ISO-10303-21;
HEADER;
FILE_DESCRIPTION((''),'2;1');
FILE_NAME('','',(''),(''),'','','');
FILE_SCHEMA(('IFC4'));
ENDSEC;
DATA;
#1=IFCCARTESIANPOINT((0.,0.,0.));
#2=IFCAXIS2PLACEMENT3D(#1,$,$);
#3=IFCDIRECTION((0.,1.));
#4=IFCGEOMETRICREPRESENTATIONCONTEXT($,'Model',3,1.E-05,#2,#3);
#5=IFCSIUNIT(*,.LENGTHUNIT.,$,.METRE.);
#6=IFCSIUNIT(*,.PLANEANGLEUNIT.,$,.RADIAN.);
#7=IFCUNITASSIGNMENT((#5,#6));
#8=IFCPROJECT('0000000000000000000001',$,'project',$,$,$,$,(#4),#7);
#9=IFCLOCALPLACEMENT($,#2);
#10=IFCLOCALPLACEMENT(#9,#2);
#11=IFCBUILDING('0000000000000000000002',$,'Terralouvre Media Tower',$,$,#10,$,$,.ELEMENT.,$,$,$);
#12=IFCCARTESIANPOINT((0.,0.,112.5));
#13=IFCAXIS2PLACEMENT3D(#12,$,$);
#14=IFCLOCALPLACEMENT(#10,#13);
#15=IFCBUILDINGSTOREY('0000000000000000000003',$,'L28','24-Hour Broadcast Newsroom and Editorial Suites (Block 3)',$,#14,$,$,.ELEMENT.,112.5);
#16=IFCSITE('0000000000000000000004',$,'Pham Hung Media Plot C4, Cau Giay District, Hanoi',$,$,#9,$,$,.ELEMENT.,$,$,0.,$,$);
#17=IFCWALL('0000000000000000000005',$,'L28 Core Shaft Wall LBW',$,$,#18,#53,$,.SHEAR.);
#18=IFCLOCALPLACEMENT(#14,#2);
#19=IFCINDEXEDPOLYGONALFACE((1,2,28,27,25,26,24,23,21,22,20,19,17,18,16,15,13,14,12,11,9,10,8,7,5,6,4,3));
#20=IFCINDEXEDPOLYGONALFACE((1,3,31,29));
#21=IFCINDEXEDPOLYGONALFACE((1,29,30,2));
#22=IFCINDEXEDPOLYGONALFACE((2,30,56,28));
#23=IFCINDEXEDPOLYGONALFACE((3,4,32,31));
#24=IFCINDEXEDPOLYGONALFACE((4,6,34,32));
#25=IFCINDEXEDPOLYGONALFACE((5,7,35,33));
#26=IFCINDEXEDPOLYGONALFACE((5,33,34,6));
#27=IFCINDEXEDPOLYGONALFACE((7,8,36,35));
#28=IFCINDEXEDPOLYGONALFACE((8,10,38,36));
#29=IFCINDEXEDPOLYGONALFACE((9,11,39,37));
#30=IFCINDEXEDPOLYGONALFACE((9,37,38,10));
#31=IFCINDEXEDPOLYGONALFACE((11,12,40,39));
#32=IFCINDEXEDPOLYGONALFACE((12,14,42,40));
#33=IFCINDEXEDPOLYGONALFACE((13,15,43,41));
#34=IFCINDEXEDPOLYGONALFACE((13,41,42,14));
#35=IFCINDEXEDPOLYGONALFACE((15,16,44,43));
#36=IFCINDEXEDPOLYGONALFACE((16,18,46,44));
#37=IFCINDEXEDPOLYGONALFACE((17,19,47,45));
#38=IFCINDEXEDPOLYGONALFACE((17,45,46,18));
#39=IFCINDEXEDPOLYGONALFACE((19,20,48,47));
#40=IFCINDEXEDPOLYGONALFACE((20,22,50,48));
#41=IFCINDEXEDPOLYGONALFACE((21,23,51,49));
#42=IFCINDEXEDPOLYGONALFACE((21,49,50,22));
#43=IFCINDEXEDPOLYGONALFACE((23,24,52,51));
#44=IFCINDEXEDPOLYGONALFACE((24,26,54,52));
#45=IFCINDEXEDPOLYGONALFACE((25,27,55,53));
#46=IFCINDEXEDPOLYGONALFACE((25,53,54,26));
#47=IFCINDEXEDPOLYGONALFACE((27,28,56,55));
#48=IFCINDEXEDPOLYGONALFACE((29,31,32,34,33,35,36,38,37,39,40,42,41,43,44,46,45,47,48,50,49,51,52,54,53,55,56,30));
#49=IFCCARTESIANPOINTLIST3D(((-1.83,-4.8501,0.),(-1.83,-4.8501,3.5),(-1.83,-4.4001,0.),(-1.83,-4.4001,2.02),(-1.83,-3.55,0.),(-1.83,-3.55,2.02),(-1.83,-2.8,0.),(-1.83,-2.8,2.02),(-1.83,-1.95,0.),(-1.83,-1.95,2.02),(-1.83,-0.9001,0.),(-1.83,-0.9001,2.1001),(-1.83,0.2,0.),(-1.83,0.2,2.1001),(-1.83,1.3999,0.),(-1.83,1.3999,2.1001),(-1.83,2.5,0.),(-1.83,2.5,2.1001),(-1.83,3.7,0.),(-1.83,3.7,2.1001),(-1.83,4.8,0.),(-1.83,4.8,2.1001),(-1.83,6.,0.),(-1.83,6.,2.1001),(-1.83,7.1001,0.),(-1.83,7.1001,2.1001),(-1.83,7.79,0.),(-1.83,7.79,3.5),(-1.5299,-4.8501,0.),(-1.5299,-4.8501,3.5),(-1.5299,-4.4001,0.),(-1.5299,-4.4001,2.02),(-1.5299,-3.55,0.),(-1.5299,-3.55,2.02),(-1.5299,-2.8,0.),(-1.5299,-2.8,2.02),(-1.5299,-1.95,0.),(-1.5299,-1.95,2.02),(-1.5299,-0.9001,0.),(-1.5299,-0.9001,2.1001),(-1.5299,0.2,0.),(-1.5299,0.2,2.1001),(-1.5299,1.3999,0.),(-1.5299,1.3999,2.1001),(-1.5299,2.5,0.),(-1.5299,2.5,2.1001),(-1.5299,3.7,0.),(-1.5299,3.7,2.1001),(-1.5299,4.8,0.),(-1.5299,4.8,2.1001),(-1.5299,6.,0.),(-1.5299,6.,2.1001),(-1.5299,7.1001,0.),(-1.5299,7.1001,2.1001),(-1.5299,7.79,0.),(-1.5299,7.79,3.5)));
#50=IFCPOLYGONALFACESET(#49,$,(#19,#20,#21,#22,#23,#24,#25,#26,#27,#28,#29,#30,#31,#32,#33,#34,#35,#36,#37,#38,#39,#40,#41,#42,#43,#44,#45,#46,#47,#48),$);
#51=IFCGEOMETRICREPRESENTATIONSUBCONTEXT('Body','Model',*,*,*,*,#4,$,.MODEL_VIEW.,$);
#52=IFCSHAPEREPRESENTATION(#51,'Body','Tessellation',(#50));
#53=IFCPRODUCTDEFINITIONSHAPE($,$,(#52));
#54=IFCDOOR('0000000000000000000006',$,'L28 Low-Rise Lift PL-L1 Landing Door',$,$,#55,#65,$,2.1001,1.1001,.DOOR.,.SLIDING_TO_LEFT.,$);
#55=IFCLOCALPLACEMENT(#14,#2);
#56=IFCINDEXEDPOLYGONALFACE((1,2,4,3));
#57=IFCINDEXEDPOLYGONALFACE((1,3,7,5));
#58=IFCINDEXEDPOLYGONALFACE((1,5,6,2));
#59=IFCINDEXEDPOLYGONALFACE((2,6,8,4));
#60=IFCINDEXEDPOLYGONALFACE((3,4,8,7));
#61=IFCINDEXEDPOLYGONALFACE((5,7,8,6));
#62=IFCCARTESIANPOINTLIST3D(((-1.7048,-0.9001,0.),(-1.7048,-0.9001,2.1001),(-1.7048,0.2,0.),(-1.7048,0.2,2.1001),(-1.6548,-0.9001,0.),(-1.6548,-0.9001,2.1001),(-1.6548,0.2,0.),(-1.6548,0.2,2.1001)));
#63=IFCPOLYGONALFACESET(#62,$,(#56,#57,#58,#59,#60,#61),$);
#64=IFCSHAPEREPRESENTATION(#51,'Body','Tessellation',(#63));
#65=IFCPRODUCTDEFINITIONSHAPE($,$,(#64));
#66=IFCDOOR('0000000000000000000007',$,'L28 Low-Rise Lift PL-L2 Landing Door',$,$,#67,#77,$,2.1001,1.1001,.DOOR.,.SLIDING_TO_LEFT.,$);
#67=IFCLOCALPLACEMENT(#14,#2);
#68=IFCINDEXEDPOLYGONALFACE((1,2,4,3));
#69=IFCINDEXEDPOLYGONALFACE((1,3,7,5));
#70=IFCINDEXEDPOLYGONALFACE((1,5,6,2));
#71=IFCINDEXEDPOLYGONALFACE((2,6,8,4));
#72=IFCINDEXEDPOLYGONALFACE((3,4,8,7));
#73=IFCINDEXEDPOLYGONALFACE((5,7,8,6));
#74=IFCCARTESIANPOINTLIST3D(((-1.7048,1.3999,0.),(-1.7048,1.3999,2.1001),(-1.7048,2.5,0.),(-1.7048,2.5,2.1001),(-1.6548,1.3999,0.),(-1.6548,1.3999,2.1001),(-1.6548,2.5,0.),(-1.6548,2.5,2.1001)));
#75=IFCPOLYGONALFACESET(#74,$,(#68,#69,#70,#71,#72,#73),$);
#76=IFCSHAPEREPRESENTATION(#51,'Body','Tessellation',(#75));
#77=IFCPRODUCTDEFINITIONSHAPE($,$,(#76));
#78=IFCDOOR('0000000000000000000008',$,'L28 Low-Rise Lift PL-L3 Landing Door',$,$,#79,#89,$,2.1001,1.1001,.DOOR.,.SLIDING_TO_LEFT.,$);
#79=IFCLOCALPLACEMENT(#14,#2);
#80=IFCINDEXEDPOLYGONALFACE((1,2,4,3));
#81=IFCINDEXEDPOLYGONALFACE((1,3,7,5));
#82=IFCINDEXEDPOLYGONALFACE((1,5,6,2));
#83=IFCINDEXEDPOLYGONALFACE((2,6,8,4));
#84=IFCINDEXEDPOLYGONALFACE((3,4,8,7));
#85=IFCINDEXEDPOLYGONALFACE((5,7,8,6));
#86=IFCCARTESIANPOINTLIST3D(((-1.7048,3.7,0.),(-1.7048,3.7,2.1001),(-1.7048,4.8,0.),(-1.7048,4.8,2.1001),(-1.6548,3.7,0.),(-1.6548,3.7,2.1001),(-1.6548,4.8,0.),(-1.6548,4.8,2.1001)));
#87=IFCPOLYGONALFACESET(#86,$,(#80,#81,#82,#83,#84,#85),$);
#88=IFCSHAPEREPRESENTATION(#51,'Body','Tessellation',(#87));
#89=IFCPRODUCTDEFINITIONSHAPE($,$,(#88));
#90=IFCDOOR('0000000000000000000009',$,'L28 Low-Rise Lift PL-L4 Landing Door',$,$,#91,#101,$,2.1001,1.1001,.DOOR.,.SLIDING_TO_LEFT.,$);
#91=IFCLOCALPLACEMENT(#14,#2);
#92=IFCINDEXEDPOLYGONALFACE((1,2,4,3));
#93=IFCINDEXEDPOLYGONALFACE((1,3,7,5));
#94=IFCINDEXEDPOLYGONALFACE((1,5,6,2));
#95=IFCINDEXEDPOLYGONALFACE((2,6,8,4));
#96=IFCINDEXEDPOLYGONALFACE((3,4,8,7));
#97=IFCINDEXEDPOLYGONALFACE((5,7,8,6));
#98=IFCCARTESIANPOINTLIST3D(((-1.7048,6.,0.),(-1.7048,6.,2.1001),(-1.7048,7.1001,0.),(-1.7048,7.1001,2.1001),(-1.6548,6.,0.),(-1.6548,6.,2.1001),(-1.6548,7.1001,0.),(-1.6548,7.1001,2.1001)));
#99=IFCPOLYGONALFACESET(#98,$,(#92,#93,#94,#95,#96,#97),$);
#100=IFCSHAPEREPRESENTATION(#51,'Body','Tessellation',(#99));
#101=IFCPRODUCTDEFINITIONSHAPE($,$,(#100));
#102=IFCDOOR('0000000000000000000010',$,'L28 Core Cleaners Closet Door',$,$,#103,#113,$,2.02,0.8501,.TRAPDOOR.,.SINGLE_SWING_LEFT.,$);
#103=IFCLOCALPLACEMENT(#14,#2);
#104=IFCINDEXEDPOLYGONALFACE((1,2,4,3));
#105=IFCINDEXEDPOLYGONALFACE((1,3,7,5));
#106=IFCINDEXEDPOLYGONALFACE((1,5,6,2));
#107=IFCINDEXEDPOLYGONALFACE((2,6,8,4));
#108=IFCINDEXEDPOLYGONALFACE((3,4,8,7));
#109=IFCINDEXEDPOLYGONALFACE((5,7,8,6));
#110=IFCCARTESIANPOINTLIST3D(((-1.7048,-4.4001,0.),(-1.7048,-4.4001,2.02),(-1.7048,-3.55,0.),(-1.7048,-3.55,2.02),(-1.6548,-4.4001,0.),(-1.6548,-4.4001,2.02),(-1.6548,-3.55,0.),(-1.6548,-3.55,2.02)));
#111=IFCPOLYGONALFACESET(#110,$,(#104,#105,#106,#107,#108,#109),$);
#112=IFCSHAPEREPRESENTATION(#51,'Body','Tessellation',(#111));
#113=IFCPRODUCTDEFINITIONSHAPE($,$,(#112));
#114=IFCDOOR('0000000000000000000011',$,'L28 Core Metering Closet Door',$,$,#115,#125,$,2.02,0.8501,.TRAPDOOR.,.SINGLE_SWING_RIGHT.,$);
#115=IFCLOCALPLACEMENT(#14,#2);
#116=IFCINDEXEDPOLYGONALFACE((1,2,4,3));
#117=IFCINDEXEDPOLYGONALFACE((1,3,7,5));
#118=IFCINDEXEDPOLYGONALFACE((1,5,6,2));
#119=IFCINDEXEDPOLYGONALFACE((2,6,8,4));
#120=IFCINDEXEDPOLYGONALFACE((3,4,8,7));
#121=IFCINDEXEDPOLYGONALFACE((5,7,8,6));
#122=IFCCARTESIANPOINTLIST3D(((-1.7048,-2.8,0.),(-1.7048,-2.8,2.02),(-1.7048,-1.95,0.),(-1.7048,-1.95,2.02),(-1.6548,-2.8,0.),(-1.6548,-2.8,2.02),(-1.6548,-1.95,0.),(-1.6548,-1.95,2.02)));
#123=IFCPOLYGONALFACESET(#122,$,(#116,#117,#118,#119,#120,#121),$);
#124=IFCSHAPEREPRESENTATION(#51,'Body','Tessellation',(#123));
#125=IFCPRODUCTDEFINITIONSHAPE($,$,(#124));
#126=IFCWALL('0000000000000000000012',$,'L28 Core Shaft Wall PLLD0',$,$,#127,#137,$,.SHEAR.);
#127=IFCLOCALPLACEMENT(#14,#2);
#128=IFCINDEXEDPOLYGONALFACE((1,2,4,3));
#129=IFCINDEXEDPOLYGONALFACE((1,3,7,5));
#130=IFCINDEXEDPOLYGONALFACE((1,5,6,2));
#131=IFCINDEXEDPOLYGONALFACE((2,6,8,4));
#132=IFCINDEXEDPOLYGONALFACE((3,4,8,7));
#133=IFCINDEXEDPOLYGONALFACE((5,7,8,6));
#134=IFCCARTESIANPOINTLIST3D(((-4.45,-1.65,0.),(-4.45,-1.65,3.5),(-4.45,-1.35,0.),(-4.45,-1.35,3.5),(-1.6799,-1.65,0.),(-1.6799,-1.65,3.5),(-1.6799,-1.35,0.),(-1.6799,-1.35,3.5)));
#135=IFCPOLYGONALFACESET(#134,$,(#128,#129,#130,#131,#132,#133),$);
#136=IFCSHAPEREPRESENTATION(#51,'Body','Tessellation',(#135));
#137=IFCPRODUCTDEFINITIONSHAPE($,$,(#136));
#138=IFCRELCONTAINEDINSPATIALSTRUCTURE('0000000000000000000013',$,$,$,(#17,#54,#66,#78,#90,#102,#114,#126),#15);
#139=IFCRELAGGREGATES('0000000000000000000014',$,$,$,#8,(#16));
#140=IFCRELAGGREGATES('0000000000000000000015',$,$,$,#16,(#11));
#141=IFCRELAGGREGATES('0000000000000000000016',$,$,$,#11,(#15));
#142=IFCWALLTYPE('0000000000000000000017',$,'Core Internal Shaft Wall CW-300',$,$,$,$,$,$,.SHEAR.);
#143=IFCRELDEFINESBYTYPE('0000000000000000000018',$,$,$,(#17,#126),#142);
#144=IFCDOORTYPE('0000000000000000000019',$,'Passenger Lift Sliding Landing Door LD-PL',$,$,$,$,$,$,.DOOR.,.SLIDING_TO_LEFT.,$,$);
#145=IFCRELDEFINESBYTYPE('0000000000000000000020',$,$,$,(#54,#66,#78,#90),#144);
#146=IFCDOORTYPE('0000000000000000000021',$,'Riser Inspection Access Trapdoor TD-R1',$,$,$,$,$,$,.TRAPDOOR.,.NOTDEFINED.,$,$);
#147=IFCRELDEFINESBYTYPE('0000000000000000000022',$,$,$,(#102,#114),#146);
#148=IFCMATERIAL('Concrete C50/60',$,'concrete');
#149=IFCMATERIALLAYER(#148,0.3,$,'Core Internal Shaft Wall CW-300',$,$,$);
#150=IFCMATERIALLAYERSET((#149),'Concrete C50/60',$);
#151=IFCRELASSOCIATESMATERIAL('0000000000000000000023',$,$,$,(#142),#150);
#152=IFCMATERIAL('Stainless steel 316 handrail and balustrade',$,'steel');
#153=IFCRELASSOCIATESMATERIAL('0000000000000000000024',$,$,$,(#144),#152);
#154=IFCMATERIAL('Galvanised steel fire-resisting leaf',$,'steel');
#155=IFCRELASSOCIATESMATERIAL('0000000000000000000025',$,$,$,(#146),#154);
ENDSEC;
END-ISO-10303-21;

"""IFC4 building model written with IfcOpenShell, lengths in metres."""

from ifc_helpers import new_model, si_unit, direction, frame, frame_2d, origin, place, context, subcontext, project, spatial, rectangle, extrude, material, layer, layer_set, type_object, element, fill, save


model = new_model("IFC4")

# Units and contexts
model_context = context("Model", 3, precision=1e-05, world=origin(), true_north=direction((0.0, 1.0)))
body_context = subcontext(model_context, "Body", "Model", "MODEL_VIEW")
ifc_project = project(units=[si_unit("LENGTHUNIT", "METRE"), si_unit("PLANEANGLEUNIT", "RADIAN")], contexts=[model_context])

# Site, building, storey
site_placement = place(None, origin())
site = spatial("IfcSite", under=ifc_project, at=site_placement, Name="Pham Hung Media Plot C4, Cau Giay District, Hanoi", CompositionType="ELEMENT", RefElevation=0.0)
building_placement = place(site_placement, origin())
building = spatial("IfcBuilding", under=site, at=building_placement, Name="Terralouvre Media Tower", CompositionType="ELEMENT")
storey_placement = place(building_placement, frame((0.0, 0.0, 112.5)))
storey = spatial("IfcBuildingStorey", under=building, at=storey_placement, Name="L28", Description="24-Hour Broadcast Newsroom and Editorial Suites (Block 3)", CompositionType="ELEMENT", Elevation=112.5)

# Shared definitions
ifc_material_1 = material(Name="Concrete C50/60", Category="concrete")
ifc_layer_1 = layer(ifc_material_1, 0.3, Name="Core Internal Shaft Wall CW-300")
ifc_layer_set_1 = layer_set([ifc_layer_1], Name="Concrete C50/60")
wall_type_1 = type_object("IfcWallType", Name="Core Internal Shaft Wall CW-300", PredefinedType="SHEAR", material=ifc_layer_set_1)

# Wall, openings, doors
wall_1_placement = place(storey_placement, frame((-1.6799, -4.8501, 0.0), z_axis=(0.0, 0.0, 1.0), x_axis=(0.0, 1.0, 0.0)))
wall_1 = element("IfcWall", 1, at=wall_1_placement, inside=storey, type_object=wall_type_1, Name="L28 Core Shaft Wall LBW", PredefinedType="SHEAR", context=body_context, shape_type="SweptSolid", body=[
    extrude(rectangle(XDim=12.6401, YDim=0.3, at=frame_2d((6.3201, 0.0))), origin(), (0.0, 0.0, 1.0), 3.5),
])
opening_1_placement = place(wall_1_placement, frame((3.95, 0.0, 0.0)))
opening_1 = element("IfcOpeningElement", 2, at=opening_1_placement, cuts=wall_1, PredefinedType="OPENING", context=body_context, shape_type="SweptSolid", body=[
    extrude(rectangle(XDim=1.1001, YDim=2.1001, at=frame_2d((0.55, 1.05))), frame((0.0, 0.1599, 0.0), z_axis=(0.0, -1.0, 0.0), x_axis=(1.0, 0.0, 0.0)), (0.0, 0.0, 1.0), 0.3201),
])
opening_2_placement = place(wall_1_placement, frame((6.25, 0.0, 0.0)))
opening_2 = element("IfcOpeningElement", 3, at=opening_2_placement, cuts=wall_1, PredefinedType="OPENING", context=body_context, shape_type="SweptSolid", body=[
    extrude(rectangle(XDim=1.1001, YDim=2.1001, at=frame_2d((0.55, 1.05))), frame((0.0, 0.1599, 0.0), z_axis=(0.0, -1.0, 0.0), x_axis=(1.0, 0.0, 0.0)), (0.0, 0.0, 1.0), 0.3201),
])
opening_3_placement = place(wall_1_placement, frame((8.55, 0.0, 0.0)))
opening_3 = element("IfcOpeningElement", 4, at=opening_3_placement, cuts=wall_1, PredefinedType="OPENING", context=body_context, shape_type="SweptSolid", body=[
    extrude(rectangle(XDim=1.1001, YDim=2.1001, at=frame_2d((0.55, 1.05))), frame((0.0, 0.1599, 0.0), z_axis=(0.0, -1.0, 0.0), x_axis=(1.0, 0.0, 0.0)), (0.0, 0.0, 1.0), 0.3201),
])
opening_4_placement = place(wall_1_placement, frame((10.8501, 0.0, 0.0)))
opening_4 = element("IfcOpeningElement", 5, at=opening_4_placement, cuts=wall_1, PredefinedType="OPENING", context=body_context, shape_type="SweptSolid", body=[
    extrude(rectangle(XDim=1.1001, YDim=2.1001, at=frame_2d((0.55, 1.05))), frame((0.0, 0.1599, 0.0), z_axis=(0.0, -1.0, 0.0), x_axis=(1.0, 0.0, 0.0)), (0.0, 0.0, 1.0), 0.3201),
])
opening_5_placement = place(wall_1_placement, frame((0.45, 0.0, 0.0)))
opening_5 = element("IfcOpeningElement", 6, at=opening_5_placement, cuts=wall_1, PredefinedType="OPENING", context=body_context, shape_type="SweptSolid", body=[
    extrude(rectangle(XDim=0.8501, YDim=2.02, at=frame_2d((0.425, 1.01))), frame((0.0, 0.1599, 0.0), z_axis=(0.0, -1.0, 0.0), x_axis=(1.0, 0.0, 0.0)), (0.0, 0.0, 1.0), 0.3201),
])
opening_6_placement = place(wall_1_placement, frame((2.05, 0.0, 0.0)))
opening_6 = element("IfcOpeningElement", 7, at=opening_6_placement, cuts=wall_1, PredefinedType="OPENING", context=body_context, shape_type="SweptSolid", body=[
    extrude(rectangle(XDim=0.8501, YDim=2.02, at=frame_2d((0.425, 1.01))), frame((0.0, 0.1599, 0.0), z_axis=(0.0, -1.0, 0.0), x_axis=(1.0, 0.0, 0.0)), (0.0, 0.0, 1.0), 0.3201),
])
ifc_material_2 = material(Name="Stainless steel 316 handrail and balustrade", Category="steel")
door_type_1 = type_object("IfcDoorType", Name="Passenger Lift Sliding Landing Door LD-PL", OperationType="SLIDING_TO_LEFT", PredefinedType="DOOR", material=ifc_material_2)
door_1_placement = place(opening_1_placement, origin())
door_1 = element("IfcDoor", 8, at=door_1_placement, inside=storey, type_object=door_type_1, Name="L28 Low-Rise Lift PL-L1 Landing Door", OperationType="SLIDING_TO_LEFT", OverallHeight=2.1001, OverallWidth=1.1001, PredefinedType="DOOR", context=body_context, shape_type="SweptSolid", body=[
    extrude(rectangle(XDim=1.1001, YDim=2.1001, at=frame_2d((0.55, 1.05))), frame((0.0, 0.0249, 0.0), z_axis=(0.0, -1.0, 0.0), x_axis=(1.0, 0.0, 0.0)), (0.0, 0.0, 1.0), 0.05),
])
fill(opening_1, door_1)
door_2_placement = place(opening_2_placement, origin())
door_2 = element("IfcDoor", 9, at=door_2_placement, inside=storey, type_object=door_type_1, Name="L28 Low-Rise Lift PL-L2 Landing Door", OperationType="SLIDING_TO_LEFT", OverallHeight=2.1001, OverallWidth=1.1001, PredefinedType="DOOR", context=body_context, shape_type="SweptSolid", body=[
    extrude(rectangle(XDim=1.1001, YDim=2.1001, at=frame_2d((0.55, 1.05))), frame((0.0, 0.0249, 0.0), z_axis=(0.0, -1.0, 0.0), x_axis=(1.0, 0.0, 0.0)), (0.0, 0.0, 1.0), 0.05),
])
fill(opening_2, door_2)
door_3_placement = place(opening_3_placement, origin())
door_3 = element("IfcDoor", 10, at=door_3_placement, inside=storey, type_object=door_type_1, Name="L28 Low-Rise Lift PL-L3 Landing Door", OperationType="SLIDING_TO_LEFT", OverallHeight=2.1001, OverallWidth=1.1001, PredefinedType="DOOR", context=body_context, shape_type="SweptSolid", body=[
    extrude(rectangle(XDim=1.1001, YDim=2.1001, at=frame_2d((0.55, 1.05))), frame((0.0, 0.0249, 0.0), z_axis=(0.0, -1.0, 0.0), x_axis=(1.0, 0.0, 0.0)), (0.0, 0.0, 1.0), 0.05),
])
fill(opening_3, door_3)
door_4_placement = place(opening_4_placement, origin())
door_4 = element("IfcDoor", 11, at=door_4_placement, inside=storey, type_object=door_type_1, Name="L28 Low-Rise Lift PL-L4 Landing Door", OperationType="SLIDING_TO_LEFT", OverallHeight=2.1001, OverallWidth=1.1001, PredefinedType="DOOR", context=body_context, shape_type="SweptSolid", body=[
    extrude(rectangle(XDim=1.1001, YDim=2.1001, at=frame_2d((0.55, 1.05))), frame((0.0, 0.0249, 0.0), z_axis=(0.0, -1.0, 0.0), x_axis=(1.0, 0.0, 0.0)), (0.0, 0.0, 1.0), 0.05),
])
fill(opening_4, door_4)
ifc_material_3 = material(Name="Galvanised steel fire-resisting leaf", Category="steel")
door_type_2 = type_object("IfcDoorType", Name="Riser Inspection Access Trapdoor TD-R1", OperationType="NOTDEFINED", PredefinedType="TRAPDOOR", material=ifc_material_3)
door_5_placement = place(opening_5_placement, origin())
door_5 = element("IfcDoor", 12, at=door_5_placement, inside=storey, type_object=door_type_2, Name="L28 Core Cleaners Closet Door", OperationType="SINGLE_SWING_LEFT", OverallHeight=2.02, OverallWidth=0.8501, PredefinedType="TRAPDOOR", context=body_context, shape_type="SweptSolid", body=[
    extrude(rectangle(XDim=0.8501, YDim=2.02, at=frame_2d((0.425, 1.01))), frame((0.0, 0.0249, 0.0), z_axis=(0.0, -1.0, 0.0), x_axis=(1.0, 0.0, 0.0)), (0.0, 0.0, 1.0), 0.05),
])
fill(opening_5, door_5)
door_6_placement = place(opening_6_placement, origin())
door_6 = element("IfcDoor", 13, at=door_6_placement, inside=storey, type_object=door_type_2, Name="L28 Core Metering Closet Door", OperationType="SINGLE_SWING_RIGHT", OverallHeight=2.02, OverallWidth=0.8501, PredefinedType="TRAPDOOR", context=body_context, shape_type="SweptSolid", body=[
    extrude(rectangle(XDim=0.8501, YDim=2.02, at=frame_2d((0.425, 1.01))), frame((0.0, 0.0249, 0.0), z_axis=(0.0, -1.0, 0.0), x_axis=(1.0, 0.0, 0.0)), (0.0, 0.0, 1.0), 0.05),
])
fill(opening_6, door_6)

# Wall
wall_2_placement = place(storey_placement, frame((-4.45, -1.5, 0.0), z_axis=(0.0, 0.0, 1.0), x_axis=(1.0, 0.0, 0.0)))
element("IfcWall", 14, at=wall_2_placement, inside=storey, type_object=wall_type_1, Name="L28 Core Shaft Wall PLLD0", PredefinedType="SHEAR", context=body_context, shape_type="SweptSolid", body=[
    extrude(rectangle(XDim=2.77, YDim=0.3, at=frame_2d((1.385, 0.0))), origin(), (0.0, 0.0, 1.0), 3.5),
])

save(model, "model.ifc")
